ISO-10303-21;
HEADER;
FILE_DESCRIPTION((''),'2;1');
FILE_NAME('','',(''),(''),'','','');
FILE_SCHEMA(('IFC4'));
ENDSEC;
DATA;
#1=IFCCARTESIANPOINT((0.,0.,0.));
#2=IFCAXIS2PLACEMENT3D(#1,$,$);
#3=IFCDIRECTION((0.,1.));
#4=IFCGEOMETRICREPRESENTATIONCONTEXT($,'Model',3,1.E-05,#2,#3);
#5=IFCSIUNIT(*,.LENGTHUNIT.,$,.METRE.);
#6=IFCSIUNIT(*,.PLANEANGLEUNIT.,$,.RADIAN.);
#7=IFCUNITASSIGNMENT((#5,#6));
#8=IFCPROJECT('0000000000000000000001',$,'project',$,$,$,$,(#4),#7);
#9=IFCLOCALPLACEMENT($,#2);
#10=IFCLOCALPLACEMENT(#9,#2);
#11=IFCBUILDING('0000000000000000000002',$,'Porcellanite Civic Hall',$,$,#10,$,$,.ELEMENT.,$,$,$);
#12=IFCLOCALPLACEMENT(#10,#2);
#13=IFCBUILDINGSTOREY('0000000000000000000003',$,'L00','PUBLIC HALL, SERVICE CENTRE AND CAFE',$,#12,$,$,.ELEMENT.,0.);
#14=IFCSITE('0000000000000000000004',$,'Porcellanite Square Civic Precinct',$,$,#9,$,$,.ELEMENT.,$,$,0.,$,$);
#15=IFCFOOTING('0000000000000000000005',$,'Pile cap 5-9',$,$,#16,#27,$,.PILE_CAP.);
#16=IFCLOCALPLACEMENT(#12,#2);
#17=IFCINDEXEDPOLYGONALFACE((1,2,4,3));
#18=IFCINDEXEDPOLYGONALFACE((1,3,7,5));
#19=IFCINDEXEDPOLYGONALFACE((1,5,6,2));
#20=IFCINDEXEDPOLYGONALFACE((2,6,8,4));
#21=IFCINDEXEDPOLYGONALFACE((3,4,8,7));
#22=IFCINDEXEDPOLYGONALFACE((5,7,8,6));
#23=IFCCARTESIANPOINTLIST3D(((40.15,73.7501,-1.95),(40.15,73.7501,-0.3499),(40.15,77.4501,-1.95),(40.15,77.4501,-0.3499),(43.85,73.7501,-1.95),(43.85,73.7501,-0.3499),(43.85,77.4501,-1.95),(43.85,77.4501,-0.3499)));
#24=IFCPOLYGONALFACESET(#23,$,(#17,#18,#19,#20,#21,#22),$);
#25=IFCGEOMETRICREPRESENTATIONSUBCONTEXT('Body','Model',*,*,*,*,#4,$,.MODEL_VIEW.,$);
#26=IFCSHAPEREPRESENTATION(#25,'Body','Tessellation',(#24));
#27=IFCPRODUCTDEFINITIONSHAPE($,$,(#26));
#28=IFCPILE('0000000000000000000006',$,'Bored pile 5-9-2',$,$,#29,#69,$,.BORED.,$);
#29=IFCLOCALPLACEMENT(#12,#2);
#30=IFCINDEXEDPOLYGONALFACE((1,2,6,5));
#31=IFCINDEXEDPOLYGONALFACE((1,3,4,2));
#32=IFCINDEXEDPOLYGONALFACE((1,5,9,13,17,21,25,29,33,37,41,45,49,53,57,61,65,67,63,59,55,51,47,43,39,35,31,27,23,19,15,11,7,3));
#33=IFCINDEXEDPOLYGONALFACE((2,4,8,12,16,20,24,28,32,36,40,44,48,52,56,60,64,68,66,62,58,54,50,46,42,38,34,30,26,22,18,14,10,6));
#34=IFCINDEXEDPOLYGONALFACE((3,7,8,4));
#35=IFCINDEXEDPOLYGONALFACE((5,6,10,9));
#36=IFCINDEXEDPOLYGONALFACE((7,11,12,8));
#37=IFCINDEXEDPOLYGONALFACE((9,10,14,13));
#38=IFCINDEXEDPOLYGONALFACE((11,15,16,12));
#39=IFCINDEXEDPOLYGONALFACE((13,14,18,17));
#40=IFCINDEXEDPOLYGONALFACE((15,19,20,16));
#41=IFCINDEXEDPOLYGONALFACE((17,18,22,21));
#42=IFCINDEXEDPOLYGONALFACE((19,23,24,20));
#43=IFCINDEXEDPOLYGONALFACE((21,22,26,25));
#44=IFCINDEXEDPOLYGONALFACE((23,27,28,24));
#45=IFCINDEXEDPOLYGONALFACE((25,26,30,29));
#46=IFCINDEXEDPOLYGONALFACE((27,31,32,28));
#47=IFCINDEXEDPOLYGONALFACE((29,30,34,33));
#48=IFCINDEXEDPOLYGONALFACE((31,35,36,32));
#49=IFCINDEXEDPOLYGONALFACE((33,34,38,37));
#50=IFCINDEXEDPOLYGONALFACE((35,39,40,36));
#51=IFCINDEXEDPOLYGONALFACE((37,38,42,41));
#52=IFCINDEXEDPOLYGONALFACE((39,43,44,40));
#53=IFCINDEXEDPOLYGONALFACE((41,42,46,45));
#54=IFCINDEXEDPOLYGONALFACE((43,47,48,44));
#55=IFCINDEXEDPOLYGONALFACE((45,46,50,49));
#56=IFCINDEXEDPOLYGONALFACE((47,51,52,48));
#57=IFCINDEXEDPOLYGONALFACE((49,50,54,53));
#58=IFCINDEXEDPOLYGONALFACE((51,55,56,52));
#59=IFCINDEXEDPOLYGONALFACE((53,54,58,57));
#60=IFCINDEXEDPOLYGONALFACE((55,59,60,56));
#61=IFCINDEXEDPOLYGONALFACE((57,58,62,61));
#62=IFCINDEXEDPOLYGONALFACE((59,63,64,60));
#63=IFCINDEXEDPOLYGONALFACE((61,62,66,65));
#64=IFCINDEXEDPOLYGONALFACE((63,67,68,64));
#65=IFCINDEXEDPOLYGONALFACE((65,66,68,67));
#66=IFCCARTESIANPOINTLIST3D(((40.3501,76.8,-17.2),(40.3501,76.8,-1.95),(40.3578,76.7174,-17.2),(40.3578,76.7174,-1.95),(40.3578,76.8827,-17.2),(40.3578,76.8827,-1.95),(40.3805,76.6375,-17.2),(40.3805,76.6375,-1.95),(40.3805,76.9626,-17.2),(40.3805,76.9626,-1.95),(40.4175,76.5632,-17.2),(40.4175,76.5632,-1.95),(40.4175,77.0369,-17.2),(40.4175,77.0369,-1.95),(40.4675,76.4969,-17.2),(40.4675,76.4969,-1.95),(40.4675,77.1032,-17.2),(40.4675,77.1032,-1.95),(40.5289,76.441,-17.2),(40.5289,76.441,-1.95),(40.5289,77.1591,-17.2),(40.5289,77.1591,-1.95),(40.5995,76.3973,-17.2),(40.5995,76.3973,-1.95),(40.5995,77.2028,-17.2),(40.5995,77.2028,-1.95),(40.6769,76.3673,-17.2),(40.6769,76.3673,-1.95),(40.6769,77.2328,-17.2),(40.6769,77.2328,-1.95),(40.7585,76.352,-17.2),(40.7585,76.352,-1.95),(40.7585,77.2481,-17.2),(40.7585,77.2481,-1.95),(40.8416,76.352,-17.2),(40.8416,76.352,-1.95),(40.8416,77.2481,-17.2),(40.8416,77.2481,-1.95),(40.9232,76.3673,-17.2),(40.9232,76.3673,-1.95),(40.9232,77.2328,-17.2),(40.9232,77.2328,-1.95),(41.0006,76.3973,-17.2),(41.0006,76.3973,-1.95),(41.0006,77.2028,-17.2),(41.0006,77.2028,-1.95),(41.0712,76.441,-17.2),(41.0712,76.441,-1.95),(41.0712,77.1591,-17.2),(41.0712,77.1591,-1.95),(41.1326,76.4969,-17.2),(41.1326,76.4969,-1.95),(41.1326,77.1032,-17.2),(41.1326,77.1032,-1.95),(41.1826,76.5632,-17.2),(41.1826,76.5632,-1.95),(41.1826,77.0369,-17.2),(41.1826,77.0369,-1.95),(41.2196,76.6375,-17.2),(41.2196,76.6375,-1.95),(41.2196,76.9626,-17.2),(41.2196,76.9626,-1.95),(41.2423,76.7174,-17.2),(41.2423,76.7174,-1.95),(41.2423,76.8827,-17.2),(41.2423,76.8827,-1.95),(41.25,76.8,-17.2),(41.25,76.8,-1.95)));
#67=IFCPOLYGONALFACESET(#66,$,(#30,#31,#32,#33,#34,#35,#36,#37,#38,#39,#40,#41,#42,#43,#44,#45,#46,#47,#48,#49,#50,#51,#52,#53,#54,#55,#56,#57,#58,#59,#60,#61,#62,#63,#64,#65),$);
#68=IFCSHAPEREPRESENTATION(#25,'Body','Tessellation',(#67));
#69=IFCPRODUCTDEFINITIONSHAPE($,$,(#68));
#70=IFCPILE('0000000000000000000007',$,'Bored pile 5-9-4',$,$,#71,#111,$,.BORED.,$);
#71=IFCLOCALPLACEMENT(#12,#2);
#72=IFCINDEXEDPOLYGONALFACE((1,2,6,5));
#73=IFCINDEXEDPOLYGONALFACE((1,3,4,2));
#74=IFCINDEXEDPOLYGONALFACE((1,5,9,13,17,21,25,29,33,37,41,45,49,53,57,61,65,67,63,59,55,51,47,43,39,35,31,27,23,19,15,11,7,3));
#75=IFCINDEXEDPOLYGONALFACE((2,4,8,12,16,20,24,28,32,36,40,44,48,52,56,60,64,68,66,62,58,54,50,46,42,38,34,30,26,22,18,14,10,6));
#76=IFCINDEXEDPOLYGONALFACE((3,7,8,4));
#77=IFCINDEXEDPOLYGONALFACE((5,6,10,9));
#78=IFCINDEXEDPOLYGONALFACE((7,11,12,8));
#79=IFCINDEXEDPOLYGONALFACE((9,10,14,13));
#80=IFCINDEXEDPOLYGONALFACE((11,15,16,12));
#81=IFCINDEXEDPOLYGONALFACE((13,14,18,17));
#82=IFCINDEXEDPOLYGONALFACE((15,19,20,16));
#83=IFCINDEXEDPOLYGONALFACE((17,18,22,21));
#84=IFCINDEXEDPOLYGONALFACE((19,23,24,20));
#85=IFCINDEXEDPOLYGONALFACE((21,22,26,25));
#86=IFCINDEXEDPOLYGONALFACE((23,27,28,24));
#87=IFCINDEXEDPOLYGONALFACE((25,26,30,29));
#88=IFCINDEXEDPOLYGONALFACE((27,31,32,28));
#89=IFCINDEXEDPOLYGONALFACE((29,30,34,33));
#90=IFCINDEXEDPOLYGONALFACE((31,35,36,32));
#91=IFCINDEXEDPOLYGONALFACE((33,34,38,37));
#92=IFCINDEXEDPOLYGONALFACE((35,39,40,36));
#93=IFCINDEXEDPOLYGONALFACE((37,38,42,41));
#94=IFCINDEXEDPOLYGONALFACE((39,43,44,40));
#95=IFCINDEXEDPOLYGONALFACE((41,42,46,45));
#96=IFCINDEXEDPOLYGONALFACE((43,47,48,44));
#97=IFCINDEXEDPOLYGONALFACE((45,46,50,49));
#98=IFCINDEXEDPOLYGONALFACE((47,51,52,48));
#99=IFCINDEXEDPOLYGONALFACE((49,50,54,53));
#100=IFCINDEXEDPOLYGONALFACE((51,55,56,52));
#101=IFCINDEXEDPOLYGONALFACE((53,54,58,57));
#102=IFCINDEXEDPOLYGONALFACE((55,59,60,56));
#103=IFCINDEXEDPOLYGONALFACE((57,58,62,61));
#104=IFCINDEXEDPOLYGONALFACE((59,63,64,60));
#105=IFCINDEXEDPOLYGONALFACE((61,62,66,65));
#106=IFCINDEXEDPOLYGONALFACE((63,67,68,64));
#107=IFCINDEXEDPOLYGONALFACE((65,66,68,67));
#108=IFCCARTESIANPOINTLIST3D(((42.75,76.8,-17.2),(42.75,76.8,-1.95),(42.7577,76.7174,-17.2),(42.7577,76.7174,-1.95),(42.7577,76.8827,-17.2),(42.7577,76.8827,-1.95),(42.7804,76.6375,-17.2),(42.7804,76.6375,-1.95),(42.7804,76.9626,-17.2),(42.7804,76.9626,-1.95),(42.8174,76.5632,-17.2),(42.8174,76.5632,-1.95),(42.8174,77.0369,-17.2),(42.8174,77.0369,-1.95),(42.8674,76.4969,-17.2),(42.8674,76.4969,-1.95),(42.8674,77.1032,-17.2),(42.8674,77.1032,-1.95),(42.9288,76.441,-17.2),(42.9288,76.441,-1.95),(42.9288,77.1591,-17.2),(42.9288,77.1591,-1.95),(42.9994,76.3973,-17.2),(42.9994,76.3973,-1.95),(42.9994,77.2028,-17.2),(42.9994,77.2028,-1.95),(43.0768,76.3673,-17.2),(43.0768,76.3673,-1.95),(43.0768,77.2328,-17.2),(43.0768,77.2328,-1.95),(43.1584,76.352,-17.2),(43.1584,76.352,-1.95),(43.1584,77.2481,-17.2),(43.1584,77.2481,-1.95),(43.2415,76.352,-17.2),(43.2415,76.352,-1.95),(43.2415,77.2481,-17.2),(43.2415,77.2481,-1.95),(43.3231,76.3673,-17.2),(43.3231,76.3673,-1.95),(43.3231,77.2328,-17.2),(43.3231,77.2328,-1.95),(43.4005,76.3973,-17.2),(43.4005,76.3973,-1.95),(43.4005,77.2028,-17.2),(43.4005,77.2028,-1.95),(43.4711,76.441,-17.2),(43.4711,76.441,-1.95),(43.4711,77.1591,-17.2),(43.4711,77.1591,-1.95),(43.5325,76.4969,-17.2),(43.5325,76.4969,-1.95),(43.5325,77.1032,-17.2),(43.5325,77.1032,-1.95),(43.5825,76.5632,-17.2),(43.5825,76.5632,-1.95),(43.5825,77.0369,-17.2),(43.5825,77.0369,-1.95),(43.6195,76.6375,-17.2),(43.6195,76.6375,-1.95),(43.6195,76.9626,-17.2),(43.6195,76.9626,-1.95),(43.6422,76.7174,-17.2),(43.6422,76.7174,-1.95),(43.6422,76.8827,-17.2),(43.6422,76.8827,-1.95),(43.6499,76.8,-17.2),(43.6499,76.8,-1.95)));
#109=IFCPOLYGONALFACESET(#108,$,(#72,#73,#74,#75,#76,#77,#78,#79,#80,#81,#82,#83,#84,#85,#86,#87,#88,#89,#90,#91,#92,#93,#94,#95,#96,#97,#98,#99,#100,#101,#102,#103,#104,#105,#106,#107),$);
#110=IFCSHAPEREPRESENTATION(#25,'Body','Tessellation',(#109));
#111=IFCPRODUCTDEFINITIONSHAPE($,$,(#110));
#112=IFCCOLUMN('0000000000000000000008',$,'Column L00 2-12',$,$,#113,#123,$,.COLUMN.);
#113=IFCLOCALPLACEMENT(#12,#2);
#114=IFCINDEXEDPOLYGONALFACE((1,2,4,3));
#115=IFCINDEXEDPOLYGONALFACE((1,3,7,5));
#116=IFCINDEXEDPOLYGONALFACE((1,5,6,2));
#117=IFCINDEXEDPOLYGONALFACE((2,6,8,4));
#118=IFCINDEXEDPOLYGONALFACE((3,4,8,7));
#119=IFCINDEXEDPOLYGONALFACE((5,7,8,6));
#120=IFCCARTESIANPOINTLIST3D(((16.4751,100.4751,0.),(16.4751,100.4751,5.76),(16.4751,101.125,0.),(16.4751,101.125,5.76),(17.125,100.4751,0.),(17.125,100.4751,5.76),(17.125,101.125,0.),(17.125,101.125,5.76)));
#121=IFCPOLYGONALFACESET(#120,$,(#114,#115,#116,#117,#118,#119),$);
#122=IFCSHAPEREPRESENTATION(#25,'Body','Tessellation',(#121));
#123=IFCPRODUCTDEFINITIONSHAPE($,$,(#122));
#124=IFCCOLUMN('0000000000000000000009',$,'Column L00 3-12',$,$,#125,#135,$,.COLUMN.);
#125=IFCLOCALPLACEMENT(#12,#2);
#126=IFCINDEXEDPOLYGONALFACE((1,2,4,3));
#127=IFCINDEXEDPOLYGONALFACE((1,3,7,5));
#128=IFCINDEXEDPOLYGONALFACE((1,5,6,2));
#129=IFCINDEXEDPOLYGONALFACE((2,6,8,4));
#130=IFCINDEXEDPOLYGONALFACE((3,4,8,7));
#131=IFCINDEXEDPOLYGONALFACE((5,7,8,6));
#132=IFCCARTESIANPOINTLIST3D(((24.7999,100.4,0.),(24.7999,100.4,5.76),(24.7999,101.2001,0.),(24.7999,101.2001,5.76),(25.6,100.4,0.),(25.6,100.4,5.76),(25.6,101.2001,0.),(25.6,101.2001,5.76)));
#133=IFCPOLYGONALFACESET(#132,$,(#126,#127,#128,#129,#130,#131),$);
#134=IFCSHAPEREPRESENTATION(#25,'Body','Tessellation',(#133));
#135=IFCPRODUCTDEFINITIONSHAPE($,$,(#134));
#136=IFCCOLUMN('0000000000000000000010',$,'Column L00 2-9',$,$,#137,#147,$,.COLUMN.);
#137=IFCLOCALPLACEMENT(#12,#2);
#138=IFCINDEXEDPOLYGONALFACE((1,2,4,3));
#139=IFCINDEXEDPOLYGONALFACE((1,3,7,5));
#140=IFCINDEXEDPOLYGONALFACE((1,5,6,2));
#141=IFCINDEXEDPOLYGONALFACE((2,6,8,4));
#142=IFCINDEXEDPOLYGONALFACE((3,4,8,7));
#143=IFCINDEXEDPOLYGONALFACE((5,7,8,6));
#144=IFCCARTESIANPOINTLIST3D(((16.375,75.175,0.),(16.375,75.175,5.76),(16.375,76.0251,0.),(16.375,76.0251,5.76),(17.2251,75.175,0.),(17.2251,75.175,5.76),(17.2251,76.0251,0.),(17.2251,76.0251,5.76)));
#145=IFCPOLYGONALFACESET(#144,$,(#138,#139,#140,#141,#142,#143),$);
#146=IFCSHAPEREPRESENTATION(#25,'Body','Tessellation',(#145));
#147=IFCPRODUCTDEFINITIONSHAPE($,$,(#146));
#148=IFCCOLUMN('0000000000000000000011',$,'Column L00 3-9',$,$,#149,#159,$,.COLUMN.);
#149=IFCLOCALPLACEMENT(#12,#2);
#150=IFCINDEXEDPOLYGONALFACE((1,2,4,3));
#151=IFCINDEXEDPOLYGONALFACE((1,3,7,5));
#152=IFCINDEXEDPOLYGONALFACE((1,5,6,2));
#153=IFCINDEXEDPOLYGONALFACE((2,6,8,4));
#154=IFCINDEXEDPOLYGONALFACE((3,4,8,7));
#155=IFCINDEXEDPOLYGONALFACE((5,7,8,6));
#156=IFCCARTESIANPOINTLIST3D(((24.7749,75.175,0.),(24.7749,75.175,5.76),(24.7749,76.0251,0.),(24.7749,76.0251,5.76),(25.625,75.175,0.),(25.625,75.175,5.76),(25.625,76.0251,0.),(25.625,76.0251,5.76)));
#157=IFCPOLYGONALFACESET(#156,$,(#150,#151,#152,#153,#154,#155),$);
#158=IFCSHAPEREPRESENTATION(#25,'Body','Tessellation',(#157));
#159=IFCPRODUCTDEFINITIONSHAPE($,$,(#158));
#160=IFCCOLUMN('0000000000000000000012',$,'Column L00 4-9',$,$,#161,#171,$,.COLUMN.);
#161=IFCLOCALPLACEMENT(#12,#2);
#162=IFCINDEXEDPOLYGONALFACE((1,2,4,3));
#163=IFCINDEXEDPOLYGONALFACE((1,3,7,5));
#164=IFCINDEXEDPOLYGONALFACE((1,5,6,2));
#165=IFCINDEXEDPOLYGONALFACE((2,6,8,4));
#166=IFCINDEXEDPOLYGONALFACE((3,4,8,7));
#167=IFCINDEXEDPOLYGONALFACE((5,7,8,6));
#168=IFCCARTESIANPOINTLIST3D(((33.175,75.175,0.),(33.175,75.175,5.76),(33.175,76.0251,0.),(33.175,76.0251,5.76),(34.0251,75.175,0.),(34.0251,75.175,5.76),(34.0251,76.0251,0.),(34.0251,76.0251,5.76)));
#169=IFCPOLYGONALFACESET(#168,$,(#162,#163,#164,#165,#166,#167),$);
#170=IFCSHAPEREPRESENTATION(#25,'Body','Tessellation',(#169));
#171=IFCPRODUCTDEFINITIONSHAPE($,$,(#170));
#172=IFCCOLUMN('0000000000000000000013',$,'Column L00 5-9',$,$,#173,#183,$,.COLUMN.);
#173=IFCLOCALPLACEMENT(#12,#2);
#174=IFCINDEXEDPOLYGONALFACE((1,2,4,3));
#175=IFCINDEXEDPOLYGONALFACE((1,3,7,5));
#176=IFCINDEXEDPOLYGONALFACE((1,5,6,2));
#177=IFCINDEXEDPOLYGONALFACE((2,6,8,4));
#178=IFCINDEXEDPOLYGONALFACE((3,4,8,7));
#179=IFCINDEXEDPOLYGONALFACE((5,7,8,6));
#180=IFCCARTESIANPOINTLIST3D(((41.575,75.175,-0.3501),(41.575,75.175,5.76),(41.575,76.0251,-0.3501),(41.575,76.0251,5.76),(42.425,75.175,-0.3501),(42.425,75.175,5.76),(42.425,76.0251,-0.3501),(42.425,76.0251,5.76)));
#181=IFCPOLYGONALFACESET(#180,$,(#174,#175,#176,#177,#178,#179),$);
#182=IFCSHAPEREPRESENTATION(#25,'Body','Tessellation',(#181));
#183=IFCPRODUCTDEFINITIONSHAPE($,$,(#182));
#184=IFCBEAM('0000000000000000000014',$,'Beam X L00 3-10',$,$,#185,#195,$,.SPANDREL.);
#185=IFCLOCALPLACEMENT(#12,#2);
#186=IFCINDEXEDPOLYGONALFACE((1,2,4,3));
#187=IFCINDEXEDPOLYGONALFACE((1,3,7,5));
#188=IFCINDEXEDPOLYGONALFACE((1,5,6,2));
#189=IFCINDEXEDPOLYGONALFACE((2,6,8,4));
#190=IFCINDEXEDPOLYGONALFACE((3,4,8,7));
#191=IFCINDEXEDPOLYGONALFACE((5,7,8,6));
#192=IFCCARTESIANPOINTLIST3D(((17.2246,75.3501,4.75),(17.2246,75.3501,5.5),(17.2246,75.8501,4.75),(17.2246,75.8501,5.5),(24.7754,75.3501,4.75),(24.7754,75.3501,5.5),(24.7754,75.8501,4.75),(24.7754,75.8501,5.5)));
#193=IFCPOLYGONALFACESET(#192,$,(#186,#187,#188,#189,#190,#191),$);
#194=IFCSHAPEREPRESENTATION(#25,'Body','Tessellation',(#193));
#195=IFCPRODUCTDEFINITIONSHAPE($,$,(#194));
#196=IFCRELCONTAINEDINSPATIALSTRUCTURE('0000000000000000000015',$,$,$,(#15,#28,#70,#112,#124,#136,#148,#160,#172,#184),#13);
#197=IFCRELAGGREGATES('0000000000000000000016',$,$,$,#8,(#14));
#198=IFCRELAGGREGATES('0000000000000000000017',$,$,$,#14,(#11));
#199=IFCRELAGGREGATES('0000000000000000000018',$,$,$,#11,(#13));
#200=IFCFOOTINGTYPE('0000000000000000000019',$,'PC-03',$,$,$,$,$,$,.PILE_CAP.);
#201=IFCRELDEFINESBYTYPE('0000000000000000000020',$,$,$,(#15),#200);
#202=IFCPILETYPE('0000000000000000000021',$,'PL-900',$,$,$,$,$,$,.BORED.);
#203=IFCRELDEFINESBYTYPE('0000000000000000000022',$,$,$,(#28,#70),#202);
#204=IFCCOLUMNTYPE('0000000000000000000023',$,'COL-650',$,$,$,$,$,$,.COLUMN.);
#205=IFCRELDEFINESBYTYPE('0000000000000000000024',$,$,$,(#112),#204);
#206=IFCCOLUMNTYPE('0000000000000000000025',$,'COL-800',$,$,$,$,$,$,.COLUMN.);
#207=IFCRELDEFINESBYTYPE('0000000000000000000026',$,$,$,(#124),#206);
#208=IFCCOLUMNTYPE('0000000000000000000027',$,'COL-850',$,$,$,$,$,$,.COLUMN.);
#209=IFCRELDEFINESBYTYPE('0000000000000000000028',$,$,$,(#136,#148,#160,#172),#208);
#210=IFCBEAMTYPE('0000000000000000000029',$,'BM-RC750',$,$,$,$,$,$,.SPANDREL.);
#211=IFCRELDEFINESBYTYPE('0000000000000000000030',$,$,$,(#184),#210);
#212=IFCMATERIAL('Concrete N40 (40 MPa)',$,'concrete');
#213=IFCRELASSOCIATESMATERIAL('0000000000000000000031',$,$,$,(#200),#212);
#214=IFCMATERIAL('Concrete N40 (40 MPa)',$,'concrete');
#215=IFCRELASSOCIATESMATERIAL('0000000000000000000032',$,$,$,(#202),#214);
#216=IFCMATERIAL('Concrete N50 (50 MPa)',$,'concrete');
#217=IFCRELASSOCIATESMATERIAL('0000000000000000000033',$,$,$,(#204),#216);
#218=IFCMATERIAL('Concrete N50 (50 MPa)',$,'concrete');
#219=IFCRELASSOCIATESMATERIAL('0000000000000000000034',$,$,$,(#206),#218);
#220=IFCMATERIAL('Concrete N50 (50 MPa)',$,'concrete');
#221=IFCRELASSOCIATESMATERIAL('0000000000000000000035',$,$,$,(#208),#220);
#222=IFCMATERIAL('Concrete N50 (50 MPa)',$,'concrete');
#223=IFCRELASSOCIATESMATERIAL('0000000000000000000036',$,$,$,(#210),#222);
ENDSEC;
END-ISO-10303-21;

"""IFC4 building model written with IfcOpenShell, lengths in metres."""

from ifc_helpers import new_model, si_unit, direction, frame, origin, origin_2d, place, context, subcontext, project, spatial, rectangle, circle, extrude, material, material_profile, profile_set, type_object, element, save


model = new_model("IFC4")

# Units and contexts
model_context = context("Model", 3, precision=1e-05, world=origin(), true_north=direction((0.0, 1.0)))
body_context = subcontext(model_context, "Body", "Model", "MODEL_VIEW")
ifc_project = project(units=[si_unit("LENGTHUNIT", "METRE"), si_unit("PLANEANGLEUNIT", "RADIAN")], contexts=[model_context])

# Site, building, storey
site_placement = place(None, origin())
site = spatial("IfcSite", under=ifc_project, at=site_placement, Name="Porcellanite Square Civic Precinct", CompositionType="ELEMENT", RefElevation=0.0)
building_placement = place(site_placement, origin())
building = spatial("IfcBuilding", under=site, at=building_placement, Name="Porcellanite Civic Hall", CompositionType="ELEMENT")
storey_placement = place(building_placement, origin())
storey = spatial("IfcBuildingStorey", under=building, at=storey_placement, Name="L00", Description="PUBLIC HALL, SERVICE CENTRE AND CAFE", CompositionType="ELEMENT", Elevation=0.0)

# Footing
ifc_material_1 = material(Name="Concrete N40 (40 MPa)", Category="concrete")
footing_type = type_object("IfcFootingType", Name="PC-03", PredefinedType="PILE_CAP", material=ifc_material_1)
footing_placement = place(storey_placement, frame((42.0, 75.6001, -1.95), z_axis=(0.0, 0.0, 1.0), x_axis=(1.0, 0.0, 0.0)))
element("IfcFooting", 1, at=footing_placement, inside=storey, type_object=footing_type, Name="Pile cap 5-9", PredefinedType="PILE_CAP", context=body_context, shape_type="SweptSolid", body=[
    extrude(rectangle(XDim=3.7, YDim=3.7, at=origin_2d()), origin(), (0.0, 0.0, 1.0), 1.6001),
])

# Piles
ifc_material_2 = material(Name="Concrete N40 (40 MPa)", Category="concrete")
ifc_material_profile_1 = material_profile(ifc_material_2, circle(Radius=0.45, at=origin_2d()), Name="PILE-D900")
ifc_profile_set_1 = profile_set([ifc_material_profile_1], Name="Concrete N40 (40 MPa)")
pile_type = type_object("IfcPileType", Name="PL-900", PredefinedType="BORED", material=ifc_profile_set_1)
for number, where, z_axis, x_axis, name in (
    (2, (40.8, 76.8, -1.95), (0.0, 0.0, -1.0), (1.0, 0.0, 0.0), "Bored pile 5-9-2"),
    (3, (43.2, 76.8, -1.95), (0.0, 0.0, -1.0), (1.0, 0.0, 0.0), "Bored pile 5-9-4"),
):
    element("IfcPile", number, at=place(storey_placement, frame(where, z_axis=z_axis, x_axis=x_axis)), inside=storey, type_object=pile_type, Name=name, PredefinedType="BORED", context=body_context, shape_type="SweptSolid", body=[
        extrude(circle(Radius=0.45, at=origin_2d()), origin(), (0.0, 0.0, 1.0), 15.25),
    ])

# Columns
ifc_material_3 = material(Name="Concrete N50 (50 MPa)", Category="concrete")
ifc_material_profile_2 = material_profile(ifc_material_3, rectangle(XDim=0.6499, YDim=0.6499, at=origin_2d()), Name="RC-650x650")
ifc_profile_set_2 = profile_set([ifc_material_profile_2], Name="Concrete N50 (50 MPa)")
column_type_1 = type_object("IfcColumnType", Name="COL-650", PredefinedType="COLUMN", material=ifc_profile_set_2)
column_1_placement = place(storey_placement, frame((16.8, 100.8, 0.0), z_axis=(0.0, 0.0, 1.0), x_axis=(1.0, 0.0, 0.0)))
element("IfcColumn", 4, at=column_1_placement, inside=storey, type_object=column_type_1, Name="Column L00 2-12", PredefinedType="COLUMN", context=body_context, shape_type="SweptSolid", body=[
    extrude(rectangle(XDim=0.6499, YDim=0.6499, at=origin_2d()), origin(), (0.0, 0.0, 1.0), 5.76),
])
ifc_material_4 = material(Name="Concrete N50 (50 MPa)", Category="concrete")
ifc_material_profile_3 = material_profile(ifc_material_4, rectangle(XDim=0.8, YDim=0.8, at=origin_2d()), Name="RC-800x800")
ifc_profile_set_3 = profile_set([ifc_material_profile_3], Name="Concrete N50 (50 MPa)")
column_type_2 = type_object("IfcColumnType", Name="COL-800", PredefinedType="COLUMN", material=ifc_profile_set_3)
column_2_placement = place(storey_placement, frame((25.2, 100.8, 0.0), z_axis=(0.0, 0.0, 1.0), x_axis=(1.0, 0.0, 0.0)))
element("IfcColumn", 5, at=column_2_placement, inside=storey, type_object=column_type_2, Name="Column L00 3-12", PredefinedType="COLUMN", context=body_context, shape_type="SweptSolid", body=[
    extrude(rectangle(XDim=0.8, YDim=0.8, at=origin_2d()), origin(), (0.0, 0.0, 1.0), 5.76),
])
ifc_material_5 = material(Name="Concrete N50 (50 MPa)", Category="concrete")
ifc_material_profile_4 = material_profile(ifc_material_5, rectangle(XDim=0.8501, YDim=0.8501, at=origin_2d()), Name="RC-850x850")
ifc_profile_set_4 = profile_set([ifc_material_profile_4], Name="Concrete N50 (50 MPa)")
column_type_3 = type_object("IfcColumnType", Name="COL-850", PredefinedType="COLUMN", material=ifc_profile_set_4)
for number, where, z_axis, x_axis, name in (
    (6, (16.8, 75.6001, 0.0), (0.0, 0.0, 1.0), (1.0, 0.0, 0.0), "Column L00 2-9"),
    (7, (25.2, 75.6001, 0.0), (0.0, 0.0, 1.0), (1.0, 0.0, 0.0), "Column L00 3-9"),
    (8, (33.6001, 75.6001, 0.0), (0.0, 0.0, 1.0), (1.0, 0.0, 0.0), "Column L00 4-9"),
):
    element("IfcColumn", number, at=place(storey_placement, frame(where, z_axis=z_axis, x_axis=x_axis)), inside=storey, type_object=column_type_3, Name=name, PredefinedType="COLUMN", context=body_context, shape_type="SweptSolid", body=[
        extrude(rectangle(XDim=0.8501, YDim=0.8501, at=origin_2d()), origin(), (0.0, 0.0, 1.0), 5.76),
    ])
column_3_placement = place(storey_placement, frame((42.0, 75.6001, -0.3501), z_axis=(0.0, 0.0, 1.0), x_axis=(1.0, 0.0, 0.0)))
element("IfcColumn", 9, at=column_3_placement, inside=storey, type_object=column_type_3, Name="Column L00 5-9", PredefinedType="COLUMN", context=body_context, shape_type="SweptSolid", body=[
    extrude(rectangle(XDim=0.8501, YDim=0.8501, at=origin_2d()), origin(), (0.0, 0.0, 1.0), 6.1101),
])

# Beam
ifc_material_6 = material(Name="Concrete N50 (50 MPa)", Category="concrete")
ifc_material_profile_5 = material_profile(ifc_material_6, rectangle(XDim=0.5, YDim=0.75, at=origin_2d()), Name="RC-500x750")
ifc_profile_set_5 = profile_set([ifc_material_profile_5], Name="Concrete N50 (50 MPa)")
beam_type = type_object("IfcBeamType", Name="BM-RC750", PredefinedType="SPANDREL", material=ifc_profile_set_5)
beam_1_placement = place(storey_placement, frame((17.2246, 75.6001, 5.125), z_axis=(1.0, 0.0, 0.0), x_axis=(0.0, 1.0, 0.0)))
element("IfcBeam", 10, at=beam_1_placement, inside=storey, type_object=beam_type, Name="Beam X L00 3-10", PredefinedType="SPANDREL", context=body_context, shape_type="SweptSolid", body=[
    extrude(rectangle(XDim=0.5, YDim=0.75, at=origin_2d()), origin(), (0.0, 0.0, 1.0), 7.5508),
])

save(model, "model.ifc")
